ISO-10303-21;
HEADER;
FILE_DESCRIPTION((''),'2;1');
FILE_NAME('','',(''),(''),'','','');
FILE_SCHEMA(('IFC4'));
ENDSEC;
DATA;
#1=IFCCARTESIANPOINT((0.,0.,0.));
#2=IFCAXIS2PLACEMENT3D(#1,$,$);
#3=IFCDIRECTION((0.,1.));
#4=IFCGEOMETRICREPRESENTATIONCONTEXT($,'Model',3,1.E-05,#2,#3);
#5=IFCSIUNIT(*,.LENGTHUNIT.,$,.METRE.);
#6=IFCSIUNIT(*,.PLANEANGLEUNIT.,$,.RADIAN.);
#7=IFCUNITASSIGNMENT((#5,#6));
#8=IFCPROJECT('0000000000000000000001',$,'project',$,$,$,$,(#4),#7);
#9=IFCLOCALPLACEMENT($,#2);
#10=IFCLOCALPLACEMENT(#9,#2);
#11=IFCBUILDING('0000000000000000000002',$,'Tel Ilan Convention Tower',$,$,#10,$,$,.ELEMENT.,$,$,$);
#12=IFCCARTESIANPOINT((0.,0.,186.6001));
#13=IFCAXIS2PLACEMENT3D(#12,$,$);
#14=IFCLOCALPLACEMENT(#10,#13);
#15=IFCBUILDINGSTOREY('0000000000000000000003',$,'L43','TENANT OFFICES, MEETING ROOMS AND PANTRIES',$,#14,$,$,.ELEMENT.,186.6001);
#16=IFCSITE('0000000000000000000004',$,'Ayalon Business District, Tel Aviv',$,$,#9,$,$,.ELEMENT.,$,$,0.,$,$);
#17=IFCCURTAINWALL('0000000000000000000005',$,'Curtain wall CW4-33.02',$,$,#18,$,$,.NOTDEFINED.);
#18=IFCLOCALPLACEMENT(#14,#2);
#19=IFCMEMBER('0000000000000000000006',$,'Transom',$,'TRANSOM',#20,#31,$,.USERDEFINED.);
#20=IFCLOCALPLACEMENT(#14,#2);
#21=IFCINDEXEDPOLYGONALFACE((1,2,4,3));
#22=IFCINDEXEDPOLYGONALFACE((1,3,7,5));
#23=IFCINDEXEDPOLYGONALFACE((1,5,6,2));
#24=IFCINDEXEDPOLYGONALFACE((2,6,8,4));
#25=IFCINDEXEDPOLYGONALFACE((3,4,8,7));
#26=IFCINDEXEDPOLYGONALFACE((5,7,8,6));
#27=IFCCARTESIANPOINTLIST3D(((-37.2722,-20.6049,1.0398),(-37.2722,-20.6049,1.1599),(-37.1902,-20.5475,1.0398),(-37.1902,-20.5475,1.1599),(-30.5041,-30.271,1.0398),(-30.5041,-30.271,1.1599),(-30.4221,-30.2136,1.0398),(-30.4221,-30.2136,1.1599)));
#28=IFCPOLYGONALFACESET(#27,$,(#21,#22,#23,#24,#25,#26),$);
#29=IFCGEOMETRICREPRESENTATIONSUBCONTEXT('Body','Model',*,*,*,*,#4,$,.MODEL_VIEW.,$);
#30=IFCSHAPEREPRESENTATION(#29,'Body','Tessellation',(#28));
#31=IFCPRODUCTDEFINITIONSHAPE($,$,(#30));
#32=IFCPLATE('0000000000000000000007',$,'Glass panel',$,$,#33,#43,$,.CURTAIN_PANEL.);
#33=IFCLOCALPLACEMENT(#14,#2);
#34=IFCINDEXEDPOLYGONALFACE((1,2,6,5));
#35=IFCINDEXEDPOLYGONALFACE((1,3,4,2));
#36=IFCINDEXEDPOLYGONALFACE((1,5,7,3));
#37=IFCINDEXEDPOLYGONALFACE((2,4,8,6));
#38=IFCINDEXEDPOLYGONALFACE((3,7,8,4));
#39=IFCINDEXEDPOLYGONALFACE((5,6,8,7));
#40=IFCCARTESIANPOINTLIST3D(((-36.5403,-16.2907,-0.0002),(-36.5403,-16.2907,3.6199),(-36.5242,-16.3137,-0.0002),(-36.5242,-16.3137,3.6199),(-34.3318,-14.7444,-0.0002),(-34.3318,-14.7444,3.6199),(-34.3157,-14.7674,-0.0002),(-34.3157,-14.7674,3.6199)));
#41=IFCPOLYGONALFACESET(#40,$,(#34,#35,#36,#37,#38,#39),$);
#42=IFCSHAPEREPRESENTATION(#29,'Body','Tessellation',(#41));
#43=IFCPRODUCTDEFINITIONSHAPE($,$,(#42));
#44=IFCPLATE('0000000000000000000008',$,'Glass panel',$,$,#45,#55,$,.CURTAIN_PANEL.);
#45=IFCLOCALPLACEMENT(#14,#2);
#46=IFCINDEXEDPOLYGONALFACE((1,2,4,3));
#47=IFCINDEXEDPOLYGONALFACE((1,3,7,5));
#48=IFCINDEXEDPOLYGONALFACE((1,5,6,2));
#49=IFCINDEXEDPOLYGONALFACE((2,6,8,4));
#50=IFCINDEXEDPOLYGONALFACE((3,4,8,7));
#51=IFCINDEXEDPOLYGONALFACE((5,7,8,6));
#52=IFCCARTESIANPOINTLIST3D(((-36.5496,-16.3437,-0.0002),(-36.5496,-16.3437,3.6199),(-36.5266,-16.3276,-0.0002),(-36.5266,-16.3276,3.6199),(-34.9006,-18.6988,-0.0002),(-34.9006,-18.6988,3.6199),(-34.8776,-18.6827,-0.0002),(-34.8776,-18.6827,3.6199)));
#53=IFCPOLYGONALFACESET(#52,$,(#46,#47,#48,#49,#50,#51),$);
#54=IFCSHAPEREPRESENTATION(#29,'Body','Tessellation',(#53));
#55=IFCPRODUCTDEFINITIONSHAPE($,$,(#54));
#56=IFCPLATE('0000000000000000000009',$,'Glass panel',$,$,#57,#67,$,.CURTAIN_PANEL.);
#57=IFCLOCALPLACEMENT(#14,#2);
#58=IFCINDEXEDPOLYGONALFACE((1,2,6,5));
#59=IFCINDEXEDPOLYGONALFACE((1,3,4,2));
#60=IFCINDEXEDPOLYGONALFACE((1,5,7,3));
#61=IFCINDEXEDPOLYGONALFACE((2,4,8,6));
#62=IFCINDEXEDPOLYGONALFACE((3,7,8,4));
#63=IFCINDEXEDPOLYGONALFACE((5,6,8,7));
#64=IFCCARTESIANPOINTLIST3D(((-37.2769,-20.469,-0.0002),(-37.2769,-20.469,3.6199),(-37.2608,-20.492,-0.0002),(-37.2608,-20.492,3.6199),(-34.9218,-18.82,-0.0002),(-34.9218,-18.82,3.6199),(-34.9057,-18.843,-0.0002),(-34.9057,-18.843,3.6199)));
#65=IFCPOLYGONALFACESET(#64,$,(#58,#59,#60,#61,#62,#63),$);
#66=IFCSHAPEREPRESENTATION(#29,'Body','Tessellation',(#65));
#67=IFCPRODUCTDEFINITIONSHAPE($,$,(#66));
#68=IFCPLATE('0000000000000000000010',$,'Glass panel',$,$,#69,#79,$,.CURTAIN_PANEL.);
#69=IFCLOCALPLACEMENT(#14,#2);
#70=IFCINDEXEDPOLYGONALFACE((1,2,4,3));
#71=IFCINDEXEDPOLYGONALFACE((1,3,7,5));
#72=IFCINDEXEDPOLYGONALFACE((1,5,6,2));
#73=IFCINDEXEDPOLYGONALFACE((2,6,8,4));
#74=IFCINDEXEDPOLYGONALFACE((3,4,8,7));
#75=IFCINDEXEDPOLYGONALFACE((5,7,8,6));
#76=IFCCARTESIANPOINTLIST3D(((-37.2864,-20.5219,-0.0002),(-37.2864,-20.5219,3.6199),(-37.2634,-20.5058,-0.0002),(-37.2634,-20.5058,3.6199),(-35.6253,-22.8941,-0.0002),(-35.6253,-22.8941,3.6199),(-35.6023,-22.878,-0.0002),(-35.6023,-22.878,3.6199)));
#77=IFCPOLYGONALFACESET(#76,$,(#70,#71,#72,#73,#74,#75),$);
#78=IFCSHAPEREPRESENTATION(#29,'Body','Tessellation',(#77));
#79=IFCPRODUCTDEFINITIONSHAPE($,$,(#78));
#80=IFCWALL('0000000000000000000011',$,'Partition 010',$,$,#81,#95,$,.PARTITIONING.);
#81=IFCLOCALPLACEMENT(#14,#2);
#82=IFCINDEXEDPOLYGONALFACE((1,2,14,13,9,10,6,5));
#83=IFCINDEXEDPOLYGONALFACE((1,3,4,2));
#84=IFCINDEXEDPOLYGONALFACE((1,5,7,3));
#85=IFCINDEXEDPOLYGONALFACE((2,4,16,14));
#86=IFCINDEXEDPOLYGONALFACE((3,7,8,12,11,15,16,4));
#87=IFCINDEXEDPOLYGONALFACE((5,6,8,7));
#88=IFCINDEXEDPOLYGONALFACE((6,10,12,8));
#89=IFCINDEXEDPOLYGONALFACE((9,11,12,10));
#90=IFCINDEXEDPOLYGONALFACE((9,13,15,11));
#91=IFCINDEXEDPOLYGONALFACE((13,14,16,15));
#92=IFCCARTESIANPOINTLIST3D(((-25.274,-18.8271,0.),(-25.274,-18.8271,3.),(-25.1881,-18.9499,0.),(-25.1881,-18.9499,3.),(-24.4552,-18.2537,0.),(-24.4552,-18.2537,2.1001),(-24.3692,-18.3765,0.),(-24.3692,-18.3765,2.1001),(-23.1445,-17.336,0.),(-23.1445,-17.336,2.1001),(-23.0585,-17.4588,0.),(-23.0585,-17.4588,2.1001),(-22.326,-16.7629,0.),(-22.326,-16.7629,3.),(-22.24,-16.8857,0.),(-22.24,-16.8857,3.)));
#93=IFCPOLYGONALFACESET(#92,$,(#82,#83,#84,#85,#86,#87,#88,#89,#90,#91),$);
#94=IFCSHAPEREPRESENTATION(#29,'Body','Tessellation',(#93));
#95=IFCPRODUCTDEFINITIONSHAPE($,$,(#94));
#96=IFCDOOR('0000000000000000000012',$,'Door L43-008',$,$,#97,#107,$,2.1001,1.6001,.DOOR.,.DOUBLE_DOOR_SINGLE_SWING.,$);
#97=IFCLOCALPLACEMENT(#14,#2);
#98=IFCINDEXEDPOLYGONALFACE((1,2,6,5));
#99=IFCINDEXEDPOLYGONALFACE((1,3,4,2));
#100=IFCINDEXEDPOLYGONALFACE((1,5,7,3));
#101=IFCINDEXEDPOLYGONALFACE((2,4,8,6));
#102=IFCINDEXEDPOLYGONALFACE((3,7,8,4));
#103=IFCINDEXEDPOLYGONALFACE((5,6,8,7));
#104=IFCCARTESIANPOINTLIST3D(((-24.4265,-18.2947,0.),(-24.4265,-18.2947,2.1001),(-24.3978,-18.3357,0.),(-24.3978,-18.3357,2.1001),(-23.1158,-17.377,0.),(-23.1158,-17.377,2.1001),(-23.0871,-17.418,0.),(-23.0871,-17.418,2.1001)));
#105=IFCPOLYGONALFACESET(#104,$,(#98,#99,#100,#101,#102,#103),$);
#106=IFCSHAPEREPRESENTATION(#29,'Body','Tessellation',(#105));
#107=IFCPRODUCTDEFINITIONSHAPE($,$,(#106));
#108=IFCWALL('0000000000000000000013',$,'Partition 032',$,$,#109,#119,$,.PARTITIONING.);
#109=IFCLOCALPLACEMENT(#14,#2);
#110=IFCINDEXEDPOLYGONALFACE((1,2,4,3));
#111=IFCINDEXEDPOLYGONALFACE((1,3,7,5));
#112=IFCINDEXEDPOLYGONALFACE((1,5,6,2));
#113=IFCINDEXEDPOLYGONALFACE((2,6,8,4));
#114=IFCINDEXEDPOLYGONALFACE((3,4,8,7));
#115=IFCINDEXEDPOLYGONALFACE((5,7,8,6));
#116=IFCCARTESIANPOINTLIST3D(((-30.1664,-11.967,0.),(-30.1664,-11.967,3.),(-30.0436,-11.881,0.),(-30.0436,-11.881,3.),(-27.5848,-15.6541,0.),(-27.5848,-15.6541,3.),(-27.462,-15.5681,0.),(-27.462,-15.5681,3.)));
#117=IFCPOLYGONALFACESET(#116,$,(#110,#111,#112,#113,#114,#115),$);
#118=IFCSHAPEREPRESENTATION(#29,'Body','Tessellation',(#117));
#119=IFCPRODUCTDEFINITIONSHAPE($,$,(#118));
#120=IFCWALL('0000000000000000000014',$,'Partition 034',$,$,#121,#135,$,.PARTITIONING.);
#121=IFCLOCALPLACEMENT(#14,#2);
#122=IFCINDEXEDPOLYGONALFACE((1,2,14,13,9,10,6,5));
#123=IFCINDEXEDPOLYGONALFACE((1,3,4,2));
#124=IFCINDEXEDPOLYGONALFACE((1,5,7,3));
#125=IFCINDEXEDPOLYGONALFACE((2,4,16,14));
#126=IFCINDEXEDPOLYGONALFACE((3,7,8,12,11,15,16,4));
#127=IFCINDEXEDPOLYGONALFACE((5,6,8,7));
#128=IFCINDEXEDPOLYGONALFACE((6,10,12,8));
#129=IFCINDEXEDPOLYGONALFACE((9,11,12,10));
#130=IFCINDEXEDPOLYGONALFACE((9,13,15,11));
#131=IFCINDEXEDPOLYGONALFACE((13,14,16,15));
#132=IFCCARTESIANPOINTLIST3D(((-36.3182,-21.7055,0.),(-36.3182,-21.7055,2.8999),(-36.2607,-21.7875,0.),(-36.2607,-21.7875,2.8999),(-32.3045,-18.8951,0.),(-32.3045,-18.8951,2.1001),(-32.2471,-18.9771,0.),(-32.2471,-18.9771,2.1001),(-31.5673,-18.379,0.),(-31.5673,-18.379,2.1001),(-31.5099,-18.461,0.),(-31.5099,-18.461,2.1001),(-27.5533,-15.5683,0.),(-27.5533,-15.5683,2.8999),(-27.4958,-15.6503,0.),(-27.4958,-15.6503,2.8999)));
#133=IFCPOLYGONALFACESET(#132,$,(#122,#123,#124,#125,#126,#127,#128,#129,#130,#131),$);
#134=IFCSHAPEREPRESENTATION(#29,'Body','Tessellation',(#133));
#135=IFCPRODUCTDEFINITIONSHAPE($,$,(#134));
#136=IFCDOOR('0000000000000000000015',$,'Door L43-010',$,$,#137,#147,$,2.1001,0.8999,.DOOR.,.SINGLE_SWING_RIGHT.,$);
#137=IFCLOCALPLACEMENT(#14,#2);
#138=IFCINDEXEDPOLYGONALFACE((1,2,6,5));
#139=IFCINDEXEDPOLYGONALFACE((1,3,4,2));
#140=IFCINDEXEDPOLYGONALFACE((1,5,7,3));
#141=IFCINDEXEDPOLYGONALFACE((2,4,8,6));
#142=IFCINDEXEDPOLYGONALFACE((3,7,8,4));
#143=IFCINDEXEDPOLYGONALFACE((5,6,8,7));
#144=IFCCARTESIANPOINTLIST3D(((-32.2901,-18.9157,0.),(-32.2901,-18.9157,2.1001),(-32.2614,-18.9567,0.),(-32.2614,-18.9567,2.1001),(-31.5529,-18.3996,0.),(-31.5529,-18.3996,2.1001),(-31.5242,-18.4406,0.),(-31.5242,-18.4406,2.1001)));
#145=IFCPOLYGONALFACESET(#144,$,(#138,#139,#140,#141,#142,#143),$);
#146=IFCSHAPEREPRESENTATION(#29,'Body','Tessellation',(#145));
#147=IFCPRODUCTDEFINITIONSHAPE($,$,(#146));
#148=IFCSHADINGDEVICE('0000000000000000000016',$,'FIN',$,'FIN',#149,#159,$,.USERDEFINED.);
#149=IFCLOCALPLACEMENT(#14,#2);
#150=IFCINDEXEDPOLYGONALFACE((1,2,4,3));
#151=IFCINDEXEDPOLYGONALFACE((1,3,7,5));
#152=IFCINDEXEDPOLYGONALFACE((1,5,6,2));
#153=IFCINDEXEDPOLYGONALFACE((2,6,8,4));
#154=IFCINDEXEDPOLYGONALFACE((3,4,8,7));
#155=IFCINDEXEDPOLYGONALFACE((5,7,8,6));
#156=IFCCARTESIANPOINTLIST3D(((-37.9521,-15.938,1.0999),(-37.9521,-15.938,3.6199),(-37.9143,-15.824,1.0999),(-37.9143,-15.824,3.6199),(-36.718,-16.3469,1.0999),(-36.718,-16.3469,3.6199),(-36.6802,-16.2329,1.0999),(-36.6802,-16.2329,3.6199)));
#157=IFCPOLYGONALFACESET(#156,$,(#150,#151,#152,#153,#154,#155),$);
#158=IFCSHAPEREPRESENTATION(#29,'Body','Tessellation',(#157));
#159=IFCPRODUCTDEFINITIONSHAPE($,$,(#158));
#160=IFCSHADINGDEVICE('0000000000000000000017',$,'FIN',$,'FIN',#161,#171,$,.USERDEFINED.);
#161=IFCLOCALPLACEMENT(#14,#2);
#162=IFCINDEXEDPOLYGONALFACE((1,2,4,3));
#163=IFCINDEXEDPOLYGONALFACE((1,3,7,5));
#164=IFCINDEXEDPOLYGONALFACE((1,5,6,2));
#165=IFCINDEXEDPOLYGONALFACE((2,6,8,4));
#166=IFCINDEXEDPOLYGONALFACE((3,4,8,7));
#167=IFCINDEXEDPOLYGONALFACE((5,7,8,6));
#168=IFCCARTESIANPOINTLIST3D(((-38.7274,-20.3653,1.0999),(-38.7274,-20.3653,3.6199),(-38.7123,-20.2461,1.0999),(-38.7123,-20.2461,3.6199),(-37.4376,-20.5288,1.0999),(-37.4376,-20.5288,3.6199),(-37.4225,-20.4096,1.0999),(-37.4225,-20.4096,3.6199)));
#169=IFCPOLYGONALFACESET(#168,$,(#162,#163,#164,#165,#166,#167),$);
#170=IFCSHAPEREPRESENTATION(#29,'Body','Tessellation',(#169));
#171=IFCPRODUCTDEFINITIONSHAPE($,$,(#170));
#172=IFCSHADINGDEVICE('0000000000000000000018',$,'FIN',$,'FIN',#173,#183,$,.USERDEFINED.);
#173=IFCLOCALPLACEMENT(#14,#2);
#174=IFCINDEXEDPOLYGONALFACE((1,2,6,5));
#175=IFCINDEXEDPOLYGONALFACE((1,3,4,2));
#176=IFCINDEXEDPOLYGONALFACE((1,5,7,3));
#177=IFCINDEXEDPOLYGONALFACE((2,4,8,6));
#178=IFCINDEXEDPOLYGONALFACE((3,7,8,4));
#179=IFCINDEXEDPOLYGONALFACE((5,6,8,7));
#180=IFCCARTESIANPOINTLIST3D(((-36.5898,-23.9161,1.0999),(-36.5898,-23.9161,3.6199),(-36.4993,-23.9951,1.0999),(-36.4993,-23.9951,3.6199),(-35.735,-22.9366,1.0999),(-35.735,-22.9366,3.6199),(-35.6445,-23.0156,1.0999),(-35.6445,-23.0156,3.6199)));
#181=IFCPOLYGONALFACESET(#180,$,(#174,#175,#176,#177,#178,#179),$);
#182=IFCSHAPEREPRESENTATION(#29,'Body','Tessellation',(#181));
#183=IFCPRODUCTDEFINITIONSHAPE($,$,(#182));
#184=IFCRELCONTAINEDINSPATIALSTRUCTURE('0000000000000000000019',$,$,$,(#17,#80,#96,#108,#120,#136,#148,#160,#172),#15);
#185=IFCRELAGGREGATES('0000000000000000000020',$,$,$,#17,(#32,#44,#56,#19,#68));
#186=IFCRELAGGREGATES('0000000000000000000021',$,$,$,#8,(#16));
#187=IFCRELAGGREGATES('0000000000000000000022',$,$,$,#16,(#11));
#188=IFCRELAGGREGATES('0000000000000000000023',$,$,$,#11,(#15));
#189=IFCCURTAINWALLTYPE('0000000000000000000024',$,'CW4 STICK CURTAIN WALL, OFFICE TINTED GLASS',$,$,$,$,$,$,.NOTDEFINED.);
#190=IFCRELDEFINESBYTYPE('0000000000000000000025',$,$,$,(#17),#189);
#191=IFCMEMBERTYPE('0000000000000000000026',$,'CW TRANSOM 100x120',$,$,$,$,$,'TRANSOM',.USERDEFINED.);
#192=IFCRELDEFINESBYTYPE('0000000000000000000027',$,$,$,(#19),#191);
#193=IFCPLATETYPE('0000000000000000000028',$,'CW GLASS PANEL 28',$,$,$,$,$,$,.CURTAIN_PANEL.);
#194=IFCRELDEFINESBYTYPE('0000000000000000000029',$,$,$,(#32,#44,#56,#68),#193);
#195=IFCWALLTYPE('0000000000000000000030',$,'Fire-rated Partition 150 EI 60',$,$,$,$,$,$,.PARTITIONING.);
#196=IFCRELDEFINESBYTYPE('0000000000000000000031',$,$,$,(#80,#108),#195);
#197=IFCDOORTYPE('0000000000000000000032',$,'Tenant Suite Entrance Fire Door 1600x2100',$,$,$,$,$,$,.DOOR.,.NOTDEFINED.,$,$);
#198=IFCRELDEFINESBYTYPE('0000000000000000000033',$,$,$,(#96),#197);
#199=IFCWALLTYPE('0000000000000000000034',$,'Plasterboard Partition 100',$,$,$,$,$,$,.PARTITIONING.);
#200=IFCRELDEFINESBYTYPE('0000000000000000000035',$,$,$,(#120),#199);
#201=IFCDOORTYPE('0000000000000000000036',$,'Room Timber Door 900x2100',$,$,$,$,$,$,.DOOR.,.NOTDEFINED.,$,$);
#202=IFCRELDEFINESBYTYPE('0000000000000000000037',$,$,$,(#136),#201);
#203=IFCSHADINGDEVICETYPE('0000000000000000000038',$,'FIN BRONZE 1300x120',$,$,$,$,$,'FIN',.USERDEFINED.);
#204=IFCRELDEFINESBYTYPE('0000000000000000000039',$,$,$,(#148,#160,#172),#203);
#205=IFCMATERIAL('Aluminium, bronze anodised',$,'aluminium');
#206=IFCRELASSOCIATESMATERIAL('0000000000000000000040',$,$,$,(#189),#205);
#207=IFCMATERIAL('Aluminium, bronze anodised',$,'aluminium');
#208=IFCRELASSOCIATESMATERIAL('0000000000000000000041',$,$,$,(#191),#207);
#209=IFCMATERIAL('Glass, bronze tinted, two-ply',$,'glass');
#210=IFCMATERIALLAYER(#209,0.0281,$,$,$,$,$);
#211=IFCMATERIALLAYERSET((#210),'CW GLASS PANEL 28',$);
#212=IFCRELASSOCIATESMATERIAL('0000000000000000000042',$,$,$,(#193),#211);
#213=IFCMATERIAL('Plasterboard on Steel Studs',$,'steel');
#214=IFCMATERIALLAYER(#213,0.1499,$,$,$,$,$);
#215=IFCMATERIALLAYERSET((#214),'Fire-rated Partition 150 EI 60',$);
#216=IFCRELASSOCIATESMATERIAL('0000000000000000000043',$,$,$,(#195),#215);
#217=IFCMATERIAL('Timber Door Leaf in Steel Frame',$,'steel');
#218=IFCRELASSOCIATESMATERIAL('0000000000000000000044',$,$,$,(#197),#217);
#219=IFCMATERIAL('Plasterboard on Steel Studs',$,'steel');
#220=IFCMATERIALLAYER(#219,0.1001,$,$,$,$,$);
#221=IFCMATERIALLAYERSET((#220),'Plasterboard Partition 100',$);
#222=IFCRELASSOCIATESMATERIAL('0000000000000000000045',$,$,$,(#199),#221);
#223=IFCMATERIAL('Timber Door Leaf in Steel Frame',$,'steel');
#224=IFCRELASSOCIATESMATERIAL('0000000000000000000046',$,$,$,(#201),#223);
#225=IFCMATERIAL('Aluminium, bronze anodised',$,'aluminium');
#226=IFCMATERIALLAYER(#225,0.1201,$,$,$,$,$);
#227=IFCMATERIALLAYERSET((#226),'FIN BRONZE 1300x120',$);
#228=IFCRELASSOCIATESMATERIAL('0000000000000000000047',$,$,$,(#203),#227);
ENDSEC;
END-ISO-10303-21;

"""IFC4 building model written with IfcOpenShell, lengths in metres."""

from ifc_helpers import new_model, si_unit, direction, frame, frame_2d, origin, origin_2d, place, context, subcontext, project, spatial, rectangle, extrude, material, layer, layer_set, material_profile, profile_set, type_object, element, fill, aggregate, save


model = new_model("IFC4")

# Units and contexts
model_context = context("Model", 3, precision=1e-05, world=origin(), true_north=direction((0.0, 1.0)))
body_context = subcontext(model_context, "Body", "Model", "MODEL_VIEW")
ifc_project = project(units=[si_unit("LENGTHUNIT", "METRE"), si_unit("PLANEANGLEUNIT", "RADIAN")], contexts=[model_context])

# Site, building, storey
site_placement = place(None, origin())
site = spatial("IfcSite", under=ifc_project, at=site_placement, Name="Ayalon Business District, Tel Aviv", CompositionType="ELEMENT", RefElevation=0.0)
building_placement = place(site_placement, origin())
building = spatial("IfcBuilding", under=site, at=building_placement, Name="Tel Ilan Convention Tower", CompositionType="ELEMENT")
storey_placement = place(building_placement, frame((0.0, 0.0, 186.6001)))
storey = spatial("IfcBuildingStorey", under=building, at=storey_placement, Name="L43", Description="TENANT OFFICES, MEETING ROOMS AND PANTRIES", CompositionType="ELEMENT", Elevation=186.6001)

# Curtain wall, member, plates
ifc_material_1 = material(Name="Aluminium, bronze anodised", Category="aluminium")
curtain_wall_type = type_object("IfcCurtainWallType", Name="CW4 STICK CURTAIN WALL, OFFICE TINTED GLASS", PredefinedType="NOTDEFINED", material=ifc_material_1)
curtain_wall_placement = place(storey_placement, origin())
curtain_wall = element("IfcCurtainWall", 1, at=curtain_wall_placement, inside=storey, type_object=curtain_wall_type, Name="Curtain wall CW4-33.02", PredefinedType="NOTDEFINED")
ifc_material_2 = material(Name="Aluminium, bronze anodised", Category="aluminium")
ifc_material_profile_1 = material_profile(ifc_material_2, rectangle(XDim=0.1001, YDim=0.1201, at=origin_2d()), Name="CW TRANSOM 100x120")
ifc_profile_set_1 = profile_set([ifc_material_profile_1], Name="Aluminium, bronze anodised")
member_type_1 = type_object("IfcMemberType", Name="CW TRANSOM 100x120", ElementType="TRANSOM", PredefinedType="USERDEFINED", material=ifc_profile_set_1)
member_1_placement = place(storey_placement, frame((-37.2312, -20.5762, 1.0999), z_axis=(0.573568, -0.819158, 0.0), x_axis=(0.819158, 0.573568, 0.0)))
member_1 = element("IfcMember", 2, at=member_1_placement, type_object=member_type_1, Name="Transom", ObjectType="TRANSOM", PredefinedType="USERDEFINED", context=body_context, shape_type="SweptSolid", body=[
    extrude(rectangle(XDim=0.1001, YDim=0.1201, at=origin_2d()), origin(), (0.0, 0.0, 1.0), 11.8),
])
ifc_material_3 = material(Name="Glass, bronze tinted, two-ply", Category="glass")
ifc_layer_1 = layer(ifc_material_3, 0.0281)
ifc_layer_set_1 = layer_set([ifc_layer_1], Name="CW GLASS PANEL 28")
plate_type = type_object("IfcPlateType", Name="CW GLASS PANEL 28", PredefinedType="CURTAIN_PANEL", material=ifc_layer_set_1)
plate_1_placement = place(storey_placement, frame((-35.428, -15.5291, -0.0002), z_axis=(0.0, 0.0, 1.0), x_axis=(-0.819152, -0.573576, 0.0)))
plate_1 = element("IfcPlate", 3, at=plate_1_placement, type_object=plate_type, Name="Glass panel", PredefinedType="CURTAIN_PANEL", context=body_context, shape_type="SweptSolid", body=[
    extrude(rectangle(XDim=2.696, YDim=0.0281, at=origin_2d()), origin(), (0.0, 0.0, 1.0), 3.6201),
])
plate_2_placement = place(storey_placement, frame((-35.7136, -17.5132, -0.0002), z_axis=(0.0, 0.0, 1.0), x_axis=(0.573576, -0.819152, 0.0)))
plate_2 = element("IfcPlate", 4, at=plate_2_placement, type_object=plate_type, Name="Glass panel", PredefinedType="CURTAIN_PANEL", context=body_context, shape_type="SweptSolid", body=[
    extrude(rectangle(XDim=2.875, YDim=0.0281, at=origin_2d()), origin(), (0.0, 0.0, 1.0), 3.6201),
])
plate_3_placement = place(storey_placement, frame((-36.0913, -19.656, -0.0002), z_axis=(0.0, 0.0, 1.0), x_axis=(-0.819152, -0.573576, 0.0)))
plate_3 = element("IfcPlate", 5, at=plate_3_placement, type_object=plate_type, Name="Glass panel", PredefinedType="CURTAIN_PANEL", context=body_context, shape_type="SweptSolid", body=[
    extrude(rectangle(XDim=2.875, YDim=0.0281, at=origin_2d()), origin(), (0.0, 0.0, 1.0), 3.6201),
])
plate_4_placement = place(storey_placement, frame((-36.4443, -21.7, -0.0002), z_axis=(0.0, 0.0, 1.0), x_axis=(0.573576, -0.819152, 0.0)))
plate_4 = element("IfcPlate", 6, at=plate_4_placement, type_object=plate_type, Name="Glass panel", PredefinedType="CURTAIN_PANEL", context=body_context, shape_type="SweptSolid", body=[
    extrude(rectangle(XDim=2.896, YDim=0.0281, at=origin_2d()), origin(), (0.0, 0.0, 1.0), 3.6201),
])
aggregate(curtain_wall, [plate_1, plate_2, plate_3, member_1, plate_4])

# Wall, opening, door
ifc_material_4 = material(Name="Plasterboard on Steel Studs", Category="steel")
ifc_layer_2 = layer(ifc_material_4, 0.1499)
ifc_layer_set_2 = layer_set([ifc_layer_2], Name="Fire-rated Partition 150 EI 60")
wall_type_1 = type_object("IfcWallType", Name="Fire-rated Partition 150 EI 60", PredefinedType="PARTITIONING", material=ifc_layer_set_2)
wall_1_placement = place(storey_placement, frame((-25.231, -18.8884, 0.0), z_axis=(0.0, 0.0, 1.0), x_axis=(0.819152, 0.573576, 0.0)))
wall_1 = element("IfcWall", 7, at=wall_1_placement, inside=storey, type_object=wall_type_1, Name="Partition 010", PredefinedType="PARTITIONING", context=body_context, shape_type="SweptSolid", body=[
    extrude(rectangle(XDim=3.5989, YDim=0.1499, at=frame_2d((1.7993, 0.0))), origin(), (0.0, 0.0, 1.0), 3.0),
])
opening_1_placement = place(wall_1_placement, frame((0.9995, 0.0, 0.0)))
opening_1 = element("IfcOpeningElement", 8, at=opening_1_placement, cuts=wall_1, PredefinedType="OPENING", context=body_context, shape_type="SweptSolid", body=[
    extrude(rectangle(XDim=1.6001, YDim=2.1001, at=frame_2d((0.8, 1.05))), frame((0.0, 0.085, 0.0), z_axis=(0.0, -1.0, 0.0), x_axis=(1.0, 0.0, 0.0)), (0.0, 0.0, 1.0), 0.1699),
])
ifc_material_5 = material(Name="Timber Door Leaf in Steel Frame", Category="steel")
door_type_1 = type_object("IfcDoorType", Name="Tenant Suite Entrance Fire Door 1600x2100", OperationType="NOTDEFINED", PredefinedType="DOOR", material=ifc_material_5)
door_1_placement = place(opening_1_placement, origin())
door_1 = element("IfcDoor", 9, at=door_1_placement, inside=storey, type_object=door_type_1, Name="Door L43-008", OperationType="DOUBLE_DOOR_SINGLE_SWING", OverallHeight=2.1001, OverallWidth=1.6001, PredefinedType="DOOR", context=body_context, shape_type="SweptSolid", body=[
    extrude(rectangle(XDim=1.6001, YDim=2.1001, at=frame_2d((0.8, 1.05))), frame((0.0, 0.0249, 0.0), z_axis=(0.0, -1.0, 0.0), x_axis=(1.0, 0.0, 0.0)), (0.0, 0.0, 1.0), 0.05),
])
fill(opening_1, door_1)

# Wall
wall_2_placement = place(storey_placement, frame((-27.5234, -15.6111, 0.0), z_axis=(0.0, 0.0, 1.0), x_axis=(-0.573557, 0.819166, 0.0)))
element("IfcWall", 10, at=wall_2_placement, inside=storey, type_object=wall_type_1, Name="Partition 032", PredefinedType="PARTITIONING", context=body_context, shape_type="SweptSolid", body=[
    extrude(rectangle(XDim=4.501, YDim=0.1499, at=frame_2d((2.2505, 0.0))), origin(), (0.0, 0.0, 1.0), 3.0),
])

# Wall, opening, door
ifc_material_6 = material(Name="Plasterboard on Steel Studs", Category="steel")
ifc_layer_3 = layer(ifc_material_6, 0.1001)
ifc_layer_set_3 = layer_set([ifc_layer_3], Name="Plasterboard Partition 100")
wall_type_2 = type_object("IfcWallType", Name="Plasterboard Partition 100", PredefinedType="PARTITIONING", material=ifc_layer_set_3)
wall_3_placement = place(storey_placement, frame((-36.2896, -21.7466, 0.0), z_axis=(0.0, 0.0, 1.0), x_axis=(0.819154, 0.573574, 0.0)))
wall_3 = element("IfcWall", 11, at=wall_3_placement, inside=storey, type_object=wall_type_2, Name="Partition 034", PredefinedType="PARTITIONING", context=body_context, shape_type="SweptSolid", body=[
    extrude(rectangle(XDim=10.7, YDim=0.1001, at=frame_2d((5.3501, 0.0))), origin(), (0.0, 0.0, 1.0), 2.8999),
])
opening_2_placement = place(wall_3_placement, frame((4.8999, 0.0, 0.0)))
opening_2 = element("IfcOpeningElement", 12, at=opening_2_placement, cuts=wall_3, PredefinedType="OPENING", context=body_context, shape_type="SweptSolid", body=[
    extrude(rectangle(XDim=0.8999, YDim=2.1001, at=frame_2d((0.45, 1.05))), frame((0.0, 0.0601, 0.0), z_axis=(0.0, -1.0, 0.0), x_axis=(1.0, 0.0, 0.0)), (0.0, 0.0, 1.0), 0.1201),
])
ifc_material_7 = material(Name="Timber Door Leaf in Steel Frame", Category="steel")
door_type_2 = type_object("IfcDoorType", Name="Room Timber Door 900x2100", OperationType="NOTDEFINED", PredefinedType="DOOR", material=ifc_material_7)
door_2_placement = place(opening_2_placement, origin())
door_2 = element("IfcDoor", 13, at=door_2_placement, inside=storey, type_object=door_type_2, Name="Door L43-010", OperationType="SINGLE_SWING_RIGHT", OverallHeight=2.1001, OverallWidth=0.8999, PredefinedType="DOOR", context=body_context, shape_type="SweptSolid", body=[
    extrude(rectangle(XDim=0.8999, YDim=2.1001, at=frame_2d((0.45, 1.05))), frame((0.0, 0.0249, 0.0), z_axis=(0.0, -1.0, 0.0), x_axis=(1.0, 0.0, 0.0)), (0.0, 0.0, 1.0), 0.05),
])
fill(opening_2, door_2)

# Shading devices
ifc_material_8 = material(Name="Aluminium, bronze anodised", Category="aluminium")
ifc_layer_4 = layer(ifc_material_8, 0.1201)
ifc_layer_set_4 = layer_set([ifc_layer_4], Name="FIN BRONZE 1300x120")
shading_device_type = type_object("IfcShadingDeviceType", Name="FIN BRONZE 1300x120", ElementType="FIN", PredefinedType="USERDEFINED", material=ifc_layer_set_4)
for number, where, z_axis, x_axis, name in (
    (14, (-37.3162, -16.0854, 1.0999), (0.0, 0.0, 1.0), (-0.949243, 0.314545, 0.0), "FIN"),
    (15, (-38.075, -20.3875, 1.0999), (0.0, 0.0, 1.0), (-0.992066, 0.125718, 0.0), "FIN"),
    (16, (-36.1172, -23.4658, 1.0999), (0.0, 0.0, 1.0), (-0.657521, -0.753436, 0.0), "FIN"),
):
    element("IfcShadingDevice", number, at=place(storey_placement, frame(where, z_axis=z_axis, x_axis=x_axis)), inside=storey, type_object=shading_device_type, Name=name, ObjectType="FIN", PredefinedType="USERDEFINED", context=body_context, shape_type="SweptSolid", body=[
        extrude(rectangle(XDim=1.3, YDim=0.1201, at=origin_2d()), origin(), (0.0, 0.0, 1.0), 2.52),
    ])

save(model, "model.ifc")
